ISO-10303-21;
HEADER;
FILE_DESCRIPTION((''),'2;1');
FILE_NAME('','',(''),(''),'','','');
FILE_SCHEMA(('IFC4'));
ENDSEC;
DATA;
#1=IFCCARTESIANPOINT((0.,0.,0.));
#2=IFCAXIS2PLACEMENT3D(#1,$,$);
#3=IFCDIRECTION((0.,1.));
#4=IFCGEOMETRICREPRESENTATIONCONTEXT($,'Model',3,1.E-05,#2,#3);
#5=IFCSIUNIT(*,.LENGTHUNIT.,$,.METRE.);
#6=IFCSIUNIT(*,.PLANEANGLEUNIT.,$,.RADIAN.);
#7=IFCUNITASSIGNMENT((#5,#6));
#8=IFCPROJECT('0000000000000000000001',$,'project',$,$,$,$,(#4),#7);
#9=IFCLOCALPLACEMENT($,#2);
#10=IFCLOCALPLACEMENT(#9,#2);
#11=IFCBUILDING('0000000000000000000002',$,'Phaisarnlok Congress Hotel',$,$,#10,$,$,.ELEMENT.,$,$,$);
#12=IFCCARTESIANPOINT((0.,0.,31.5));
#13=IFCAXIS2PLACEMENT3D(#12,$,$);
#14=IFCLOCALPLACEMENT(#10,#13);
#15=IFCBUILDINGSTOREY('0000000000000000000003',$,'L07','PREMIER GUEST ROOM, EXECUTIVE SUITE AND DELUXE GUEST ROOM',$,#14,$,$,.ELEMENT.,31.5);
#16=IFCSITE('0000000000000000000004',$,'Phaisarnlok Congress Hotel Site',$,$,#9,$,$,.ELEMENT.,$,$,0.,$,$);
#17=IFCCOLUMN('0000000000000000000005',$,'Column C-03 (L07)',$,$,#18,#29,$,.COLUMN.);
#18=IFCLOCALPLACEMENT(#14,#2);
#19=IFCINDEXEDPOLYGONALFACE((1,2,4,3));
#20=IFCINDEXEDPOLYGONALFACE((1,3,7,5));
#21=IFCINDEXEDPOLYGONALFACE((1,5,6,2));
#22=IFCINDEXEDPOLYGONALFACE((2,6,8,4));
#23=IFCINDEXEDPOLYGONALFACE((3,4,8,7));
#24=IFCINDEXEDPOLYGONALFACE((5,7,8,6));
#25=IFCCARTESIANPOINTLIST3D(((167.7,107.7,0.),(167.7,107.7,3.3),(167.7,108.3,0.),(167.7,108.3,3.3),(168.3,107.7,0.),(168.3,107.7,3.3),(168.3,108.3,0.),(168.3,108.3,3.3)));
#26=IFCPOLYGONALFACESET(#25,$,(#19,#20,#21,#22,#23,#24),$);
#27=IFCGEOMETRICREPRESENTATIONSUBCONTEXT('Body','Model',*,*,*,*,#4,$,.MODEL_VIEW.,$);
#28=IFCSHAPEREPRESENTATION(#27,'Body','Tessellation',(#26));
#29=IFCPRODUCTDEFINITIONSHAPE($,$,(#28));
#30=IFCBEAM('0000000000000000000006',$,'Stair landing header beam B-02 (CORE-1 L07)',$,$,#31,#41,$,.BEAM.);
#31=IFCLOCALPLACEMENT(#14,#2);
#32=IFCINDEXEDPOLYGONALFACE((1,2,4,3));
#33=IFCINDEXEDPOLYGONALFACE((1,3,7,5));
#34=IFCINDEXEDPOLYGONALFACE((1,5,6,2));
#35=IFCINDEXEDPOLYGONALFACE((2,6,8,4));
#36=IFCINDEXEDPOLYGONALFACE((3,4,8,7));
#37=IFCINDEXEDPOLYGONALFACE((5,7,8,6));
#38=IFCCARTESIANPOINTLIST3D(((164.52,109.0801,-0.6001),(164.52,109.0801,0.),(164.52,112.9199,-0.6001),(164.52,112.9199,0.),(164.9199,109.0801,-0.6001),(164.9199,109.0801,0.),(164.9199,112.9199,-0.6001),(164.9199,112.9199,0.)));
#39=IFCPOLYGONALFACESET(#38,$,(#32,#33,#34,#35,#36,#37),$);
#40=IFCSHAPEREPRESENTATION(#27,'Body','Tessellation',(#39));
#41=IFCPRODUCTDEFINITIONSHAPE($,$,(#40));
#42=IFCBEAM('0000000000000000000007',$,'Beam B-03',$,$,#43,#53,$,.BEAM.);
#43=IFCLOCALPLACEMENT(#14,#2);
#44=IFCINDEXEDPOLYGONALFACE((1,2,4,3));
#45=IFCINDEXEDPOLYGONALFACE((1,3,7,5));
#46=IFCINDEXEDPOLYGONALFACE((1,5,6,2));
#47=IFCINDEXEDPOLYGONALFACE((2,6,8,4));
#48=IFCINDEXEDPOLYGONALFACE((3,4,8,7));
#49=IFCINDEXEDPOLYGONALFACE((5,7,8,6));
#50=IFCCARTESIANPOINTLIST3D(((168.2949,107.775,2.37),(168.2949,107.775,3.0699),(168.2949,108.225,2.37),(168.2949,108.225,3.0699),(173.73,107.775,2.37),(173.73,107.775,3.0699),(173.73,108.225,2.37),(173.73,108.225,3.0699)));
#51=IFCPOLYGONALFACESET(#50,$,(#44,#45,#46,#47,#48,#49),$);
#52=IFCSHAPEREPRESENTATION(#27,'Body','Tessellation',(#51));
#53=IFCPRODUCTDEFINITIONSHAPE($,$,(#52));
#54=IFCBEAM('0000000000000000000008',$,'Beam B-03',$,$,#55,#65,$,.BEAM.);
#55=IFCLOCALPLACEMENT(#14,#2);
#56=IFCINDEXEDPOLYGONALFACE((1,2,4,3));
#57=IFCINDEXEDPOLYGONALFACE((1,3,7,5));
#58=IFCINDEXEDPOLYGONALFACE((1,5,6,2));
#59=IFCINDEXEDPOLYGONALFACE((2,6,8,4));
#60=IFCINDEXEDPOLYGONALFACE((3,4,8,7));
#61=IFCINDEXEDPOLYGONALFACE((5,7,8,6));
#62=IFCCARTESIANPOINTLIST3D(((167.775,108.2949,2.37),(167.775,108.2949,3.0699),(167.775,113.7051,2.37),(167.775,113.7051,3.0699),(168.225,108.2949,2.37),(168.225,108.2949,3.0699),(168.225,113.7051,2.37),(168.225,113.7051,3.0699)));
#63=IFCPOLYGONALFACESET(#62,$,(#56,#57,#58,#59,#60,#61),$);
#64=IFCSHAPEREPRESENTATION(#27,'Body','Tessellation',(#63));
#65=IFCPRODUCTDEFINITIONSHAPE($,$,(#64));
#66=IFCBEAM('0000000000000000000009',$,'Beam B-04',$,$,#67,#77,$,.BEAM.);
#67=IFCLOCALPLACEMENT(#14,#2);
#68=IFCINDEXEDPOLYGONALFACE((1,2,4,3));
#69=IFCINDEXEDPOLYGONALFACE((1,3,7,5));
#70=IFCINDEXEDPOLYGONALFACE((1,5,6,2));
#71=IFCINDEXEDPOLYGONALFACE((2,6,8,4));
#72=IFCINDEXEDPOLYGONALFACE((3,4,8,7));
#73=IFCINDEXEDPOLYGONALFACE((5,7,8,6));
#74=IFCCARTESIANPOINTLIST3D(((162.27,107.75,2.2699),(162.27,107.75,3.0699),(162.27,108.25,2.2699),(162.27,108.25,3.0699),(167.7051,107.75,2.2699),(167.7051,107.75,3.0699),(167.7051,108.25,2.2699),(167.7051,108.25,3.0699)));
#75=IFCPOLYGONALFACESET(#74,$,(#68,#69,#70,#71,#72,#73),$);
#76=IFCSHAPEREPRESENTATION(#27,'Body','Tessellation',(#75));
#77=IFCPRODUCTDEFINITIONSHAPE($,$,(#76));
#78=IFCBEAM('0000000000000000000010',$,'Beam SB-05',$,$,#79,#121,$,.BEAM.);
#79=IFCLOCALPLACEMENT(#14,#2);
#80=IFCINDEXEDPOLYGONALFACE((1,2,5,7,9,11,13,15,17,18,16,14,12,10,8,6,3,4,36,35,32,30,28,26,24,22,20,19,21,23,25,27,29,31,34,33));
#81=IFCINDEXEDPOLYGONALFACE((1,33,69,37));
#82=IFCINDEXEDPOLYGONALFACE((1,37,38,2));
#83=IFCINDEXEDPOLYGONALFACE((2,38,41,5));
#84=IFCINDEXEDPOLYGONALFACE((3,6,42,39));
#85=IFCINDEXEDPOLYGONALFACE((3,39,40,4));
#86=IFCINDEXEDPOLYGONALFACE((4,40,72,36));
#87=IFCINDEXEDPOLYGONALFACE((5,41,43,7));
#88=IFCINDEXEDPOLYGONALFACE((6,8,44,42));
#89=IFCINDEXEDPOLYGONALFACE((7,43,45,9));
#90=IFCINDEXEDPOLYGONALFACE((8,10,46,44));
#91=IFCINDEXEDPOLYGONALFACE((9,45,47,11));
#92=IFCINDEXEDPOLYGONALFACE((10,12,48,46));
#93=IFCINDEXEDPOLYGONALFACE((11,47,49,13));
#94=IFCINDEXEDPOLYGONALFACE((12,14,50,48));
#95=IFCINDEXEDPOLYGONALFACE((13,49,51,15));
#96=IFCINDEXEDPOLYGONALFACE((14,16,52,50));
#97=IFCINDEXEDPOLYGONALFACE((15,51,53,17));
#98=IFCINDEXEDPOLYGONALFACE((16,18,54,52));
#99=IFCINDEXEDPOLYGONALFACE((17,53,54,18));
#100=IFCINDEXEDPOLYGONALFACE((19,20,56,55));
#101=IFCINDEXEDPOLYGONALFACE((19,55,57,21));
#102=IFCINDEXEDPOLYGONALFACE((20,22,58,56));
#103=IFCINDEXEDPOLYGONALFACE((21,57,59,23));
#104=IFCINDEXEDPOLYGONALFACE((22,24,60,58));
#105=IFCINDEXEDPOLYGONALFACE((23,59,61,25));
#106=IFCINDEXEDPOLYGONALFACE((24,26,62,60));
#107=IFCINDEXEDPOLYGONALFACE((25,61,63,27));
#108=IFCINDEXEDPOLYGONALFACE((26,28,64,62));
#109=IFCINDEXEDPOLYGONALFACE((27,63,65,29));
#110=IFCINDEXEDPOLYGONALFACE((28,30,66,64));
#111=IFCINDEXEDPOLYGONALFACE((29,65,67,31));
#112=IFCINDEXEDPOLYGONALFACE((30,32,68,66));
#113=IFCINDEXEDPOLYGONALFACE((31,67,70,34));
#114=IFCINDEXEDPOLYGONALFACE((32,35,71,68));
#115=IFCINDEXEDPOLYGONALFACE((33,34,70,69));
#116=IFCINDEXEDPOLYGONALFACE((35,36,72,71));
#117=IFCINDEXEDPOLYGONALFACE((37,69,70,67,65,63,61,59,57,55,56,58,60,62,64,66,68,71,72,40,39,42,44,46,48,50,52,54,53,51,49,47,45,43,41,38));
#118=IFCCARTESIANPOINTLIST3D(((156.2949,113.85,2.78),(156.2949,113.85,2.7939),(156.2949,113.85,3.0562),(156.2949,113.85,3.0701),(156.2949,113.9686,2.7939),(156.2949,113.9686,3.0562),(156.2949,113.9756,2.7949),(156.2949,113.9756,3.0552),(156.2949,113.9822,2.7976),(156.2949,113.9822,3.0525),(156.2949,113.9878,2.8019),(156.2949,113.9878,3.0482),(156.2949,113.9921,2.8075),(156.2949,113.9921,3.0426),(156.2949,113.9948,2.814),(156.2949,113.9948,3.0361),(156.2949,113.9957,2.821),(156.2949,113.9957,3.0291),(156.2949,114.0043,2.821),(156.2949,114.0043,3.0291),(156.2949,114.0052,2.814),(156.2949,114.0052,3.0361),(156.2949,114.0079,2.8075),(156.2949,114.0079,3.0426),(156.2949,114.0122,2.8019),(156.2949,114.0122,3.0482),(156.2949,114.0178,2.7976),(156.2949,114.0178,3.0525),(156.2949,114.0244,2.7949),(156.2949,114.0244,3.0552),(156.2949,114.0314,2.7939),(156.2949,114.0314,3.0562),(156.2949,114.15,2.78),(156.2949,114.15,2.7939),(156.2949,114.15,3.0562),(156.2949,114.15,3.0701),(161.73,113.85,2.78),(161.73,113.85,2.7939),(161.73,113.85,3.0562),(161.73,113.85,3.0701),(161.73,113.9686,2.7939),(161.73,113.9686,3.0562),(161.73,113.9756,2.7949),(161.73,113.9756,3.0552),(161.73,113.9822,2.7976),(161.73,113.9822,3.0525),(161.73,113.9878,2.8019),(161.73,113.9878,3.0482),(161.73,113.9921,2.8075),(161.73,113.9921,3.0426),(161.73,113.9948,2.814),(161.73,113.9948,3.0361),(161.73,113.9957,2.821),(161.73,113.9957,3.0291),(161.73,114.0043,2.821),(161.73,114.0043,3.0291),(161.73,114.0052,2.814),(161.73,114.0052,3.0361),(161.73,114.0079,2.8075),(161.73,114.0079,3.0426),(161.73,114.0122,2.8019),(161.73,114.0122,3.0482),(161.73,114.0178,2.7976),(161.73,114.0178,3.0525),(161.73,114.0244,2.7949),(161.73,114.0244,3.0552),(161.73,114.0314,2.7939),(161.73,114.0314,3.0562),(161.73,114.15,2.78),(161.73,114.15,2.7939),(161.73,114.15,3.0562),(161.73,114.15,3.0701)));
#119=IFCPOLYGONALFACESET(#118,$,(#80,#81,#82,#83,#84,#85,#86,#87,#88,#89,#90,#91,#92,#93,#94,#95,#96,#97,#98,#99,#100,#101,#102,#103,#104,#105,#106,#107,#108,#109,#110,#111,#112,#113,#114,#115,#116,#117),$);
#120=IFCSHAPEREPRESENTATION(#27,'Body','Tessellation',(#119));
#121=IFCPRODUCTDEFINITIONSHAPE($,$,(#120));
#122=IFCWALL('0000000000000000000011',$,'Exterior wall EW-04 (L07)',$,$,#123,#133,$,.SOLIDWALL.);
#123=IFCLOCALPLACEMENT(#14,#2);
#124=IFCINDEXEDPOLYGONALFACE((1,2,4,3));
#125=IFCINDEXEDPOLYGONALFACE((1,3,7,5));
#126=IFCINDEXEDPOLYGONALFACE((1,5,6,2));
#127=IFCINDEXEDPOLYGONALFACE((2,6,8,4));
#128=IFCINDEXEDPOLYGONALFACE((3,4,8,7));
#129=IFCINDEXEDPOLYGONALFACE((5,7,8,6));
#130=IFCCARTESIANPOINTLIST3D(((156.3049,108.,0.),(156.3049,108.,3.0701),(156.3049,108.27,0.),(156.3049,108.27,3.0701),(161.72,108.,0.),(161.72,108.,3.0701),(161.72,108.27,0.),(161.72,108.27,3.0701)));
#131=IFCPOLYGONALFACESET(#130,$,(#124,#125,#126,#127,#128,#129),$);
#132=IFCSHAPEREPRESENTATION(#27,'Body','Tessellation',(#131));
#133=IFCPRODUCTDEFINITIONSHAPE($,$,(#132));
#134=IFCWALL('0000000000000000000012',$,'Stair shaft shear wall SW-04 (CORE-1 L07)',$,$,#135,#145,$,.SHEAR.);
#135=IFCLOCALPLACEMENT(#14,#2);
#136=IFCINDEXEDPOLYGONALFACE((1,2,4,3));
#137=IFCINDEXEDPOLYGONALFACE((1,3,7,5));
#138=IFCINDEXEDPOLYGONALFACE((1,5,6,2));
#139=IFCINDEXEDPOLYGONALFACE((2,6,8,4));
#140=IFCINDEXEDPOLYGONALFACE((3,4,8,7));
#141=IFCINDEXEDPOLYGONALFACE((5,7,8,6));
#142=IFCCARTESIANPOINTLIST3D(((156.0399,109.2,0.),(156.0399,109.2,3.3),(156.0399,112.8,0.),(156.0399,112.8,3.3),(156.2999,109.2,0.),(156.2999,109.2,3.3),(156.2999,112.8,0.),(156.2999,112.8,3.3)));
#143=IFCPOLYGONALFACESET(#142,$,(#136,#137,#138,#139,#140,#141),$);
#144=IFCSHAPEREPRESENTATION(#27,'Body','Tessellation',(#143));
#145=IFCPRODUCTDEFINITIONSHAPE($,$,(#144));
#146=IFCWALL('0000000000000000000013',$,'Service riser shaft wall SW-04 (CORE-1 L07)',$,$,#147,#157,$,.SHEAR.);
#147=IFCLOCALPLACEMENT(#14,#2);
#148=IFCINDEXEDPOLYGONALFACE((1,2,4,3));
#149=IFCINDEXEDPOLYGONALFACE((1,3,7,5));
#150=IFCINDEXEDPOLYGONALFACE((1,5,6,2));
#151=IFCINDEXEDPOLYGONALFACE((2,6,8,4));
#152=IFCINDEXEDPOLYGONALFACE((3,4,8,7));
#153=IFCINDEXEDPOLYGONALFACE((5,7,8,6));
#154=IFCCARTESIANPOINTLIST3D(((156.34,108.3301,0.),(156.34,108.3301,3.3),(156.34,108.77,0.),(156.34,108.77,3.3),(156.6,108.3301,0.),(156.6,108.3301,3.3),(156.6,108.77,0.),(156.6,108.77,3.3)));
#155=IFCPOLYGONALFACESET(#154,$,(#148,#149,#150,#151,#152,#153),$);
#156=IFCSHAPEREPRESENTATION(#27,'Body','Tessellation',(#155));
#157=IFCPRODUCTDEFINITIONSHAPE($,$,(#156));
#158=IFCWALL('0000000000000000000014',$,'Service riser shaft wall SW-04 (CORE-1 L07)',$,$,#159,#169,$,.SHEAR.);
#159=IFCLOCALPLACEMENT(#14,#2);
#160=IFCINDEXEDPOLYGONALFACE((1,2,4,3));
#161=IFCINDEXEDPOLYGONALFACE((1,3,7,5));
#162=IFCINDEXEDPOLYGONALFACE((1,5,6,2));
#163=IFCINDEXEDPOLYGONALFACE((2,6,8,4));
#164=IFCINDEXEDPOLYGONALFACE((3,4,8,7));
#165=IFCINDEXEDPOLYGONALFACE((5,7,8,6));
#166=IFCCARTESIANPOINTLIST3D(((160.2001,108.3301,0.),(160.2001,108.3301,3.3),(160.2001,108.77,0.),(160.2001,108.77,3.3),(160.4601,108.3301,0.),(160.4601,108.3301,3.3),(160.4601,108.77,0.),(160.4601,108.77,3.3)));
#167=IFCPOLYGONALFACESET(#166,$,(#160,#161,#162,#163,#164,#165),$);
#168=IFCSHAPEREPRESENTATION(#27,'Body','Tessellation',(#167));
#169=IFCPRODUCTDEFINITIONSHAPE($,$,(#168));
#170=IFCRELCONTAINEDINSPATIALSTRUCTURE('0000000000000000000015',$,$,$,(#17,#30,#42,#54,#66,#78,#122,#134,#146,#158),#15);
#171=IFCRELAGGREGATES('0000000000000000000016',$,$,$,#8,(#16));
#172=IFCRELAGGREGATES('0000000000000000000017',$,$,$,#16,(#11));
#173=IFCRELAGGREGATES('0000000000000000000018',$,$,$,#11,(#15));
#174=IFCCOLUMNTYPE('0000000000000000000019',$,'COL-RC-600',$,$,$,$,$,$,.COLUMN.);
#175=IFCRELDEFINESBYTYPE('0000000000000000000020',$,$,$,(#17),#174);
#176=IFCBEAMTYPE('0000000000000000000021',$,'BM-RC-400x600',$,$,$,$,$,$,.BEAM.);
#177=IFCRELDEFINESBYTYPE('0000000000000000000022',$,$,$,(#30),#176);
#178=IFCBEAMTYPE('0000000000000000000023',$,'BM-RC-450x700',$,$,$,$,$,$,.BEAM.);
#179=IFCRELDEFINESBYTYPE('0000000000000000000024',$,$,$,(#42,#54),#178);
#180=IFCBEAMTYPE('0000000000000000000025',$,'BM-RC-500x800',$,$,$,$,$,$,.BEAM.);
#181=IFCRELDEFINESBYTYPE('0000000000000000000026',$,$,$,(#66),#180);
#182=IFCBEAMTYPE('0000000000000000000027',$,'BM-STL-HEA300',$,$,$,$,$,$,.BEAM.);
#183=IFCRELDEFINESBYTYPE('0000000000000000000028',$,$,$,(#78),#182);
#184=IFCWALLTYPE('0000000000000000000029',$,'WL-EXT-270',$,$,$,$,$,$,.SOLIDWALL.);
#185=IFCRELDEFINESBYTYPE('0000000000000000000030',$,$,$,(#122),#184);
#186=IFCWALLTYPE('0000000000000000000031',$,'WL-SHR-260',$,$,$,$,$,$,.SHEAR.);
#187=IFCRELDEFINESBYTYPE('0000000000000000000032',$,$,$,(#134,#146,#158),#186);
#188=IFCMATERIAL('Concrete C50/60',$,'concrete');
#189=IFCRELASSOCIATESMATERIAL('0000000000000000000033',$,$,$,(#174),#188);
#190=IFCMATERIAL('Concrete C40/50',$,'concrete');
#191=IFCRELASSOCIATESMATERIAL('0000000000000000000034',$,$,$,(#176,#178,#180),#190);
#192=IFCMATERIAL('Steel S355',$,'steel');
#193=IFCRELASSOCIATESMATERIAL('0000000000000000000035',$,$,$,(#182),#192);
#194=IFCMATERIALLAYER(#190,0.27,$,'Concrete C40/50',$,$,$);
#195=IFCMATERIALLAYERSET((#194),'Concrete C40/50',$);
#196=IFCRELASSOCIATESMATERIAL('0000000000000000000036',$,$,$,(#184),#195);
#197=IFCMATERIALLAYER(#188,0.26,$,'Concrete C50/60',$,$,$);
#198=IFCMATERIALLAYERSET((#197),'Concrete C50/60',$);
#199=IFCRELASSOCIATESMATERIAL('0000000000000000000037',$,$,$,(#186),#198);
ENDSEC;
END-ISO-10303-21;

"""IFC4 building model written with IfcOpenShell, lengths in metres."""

from ifc_helpers import new_model, si_unit, direction, frame, frame_2d, origin, origin_2d, place, context, subcontext, project, spatial, rectangle, i_section, extrude, material, layer, layer_set, material_profile, profile_set, type_object, element, save


model = new_model("IFC4")

# Units and contexts
model_context = context("Model", 3, precision=1e-05, world=origin(), true_north=direction((0.0, 1.0)))
body_context = subcontext(model_context, "Body", "Model", "MODEL_VIEW")
ifc_project = project(units=[si_unit("LENGTHUNIT", "METRE"), si_unit("PLANEANGLEUNIT", "RADIAN")], contexts=[model_context])

# Site, building, storey
site_placement = place(None, origin())
site = spatial("IfcSite", under=ifc_project, at=site_placement, Name="Phaisarnlok Congress Hotel Site", CompositionType="ELEMENT", RefElevation=0.0)
building_placement = place(site_placement, origin())
building = spatial("IfcBuilding", under=site, at=building_placement, Name="Phaisarnlok Congress Hotel", CompositionType="ELEMENT")
storey_placement = place(building_placement, frame((0.0, 0.0, 31.5)))
storey = spatial("IfcBuildingStorey", under=building, at=storey_placement, Name="L07", Description="PREMIER GUEST ROOM, EXECUTIVE SUITE AND DELUXE GUEST ROOM", CompositionType="ELEMENT", Elevation=31.5)

# Column
ifc_material_1 = material(Name="Concrete C50/60", Category="concrete")
ifc_material_profile_1 = material_profile(ifc_material_1, rectangle(XDim=0.6001, YDim=0.6001, at=origin_2d()), Name="RC 600x600")
ifc_profile_set_1 = profile_set([ifc_material_profile_1], Name="Concrete C50/60")
column_type = type_object("IfcColumnType", Name="COL-RC-600", PredefinedType="COLUMN", material=ifc_profile_set_1)
column_placement = place(storey_placement, frame((168.0, 108.0, 0.0), z_axis=(0.0, 0.0, 1.0), x_axis=(1.0, 0.0, 0.0)))
element("IfcColumn", 1, at=column_placement, inside=storey, type_object=column_type, Name="Column C-03 (L07)", PredefinedType="COLUMN", context=body_context, shape_type="SweptSolid", body=[
    extrude(rectangle(XDim=0.6001, YDim=0.6001, at=origin_2d()), origin(), (0.0, 0.0, 1.0), 3.3),
])

# Beams
ifc_material_2 = material(Name="Concrete C40/50", Category="concrete")
ifc_material_profile_2 = material_profile(ifc_material_2, rectangle(XDim=0.3999, YDim=0.6001, at=origin_2d()), Name="RC 400x600")
ifc_profile_set_2 = profile_set([ifc_material_profile_2], Name="Concrete C40/50")
beam_type_1 = type_object("IfcBeamType", Name="BM-RC-400x600", PredefinedType="BEAM", material=ifc_profile_set_2)
beam_1_placement = place(storey_placement, frame((164.72, 109.0801, -0.3), z_axis=(0.0, 1.0, 0.0), x_axis=(-1.0, 0.0, 0.0)))
element("IfcBeam", 2, at=beam_1_placement, inside=storey, type_object=beam_type_1, Name="Stair landing header beam B-02 (CORE-1 L07)", PredefinedType="BEAM", context=body_context, shape_type="SweptSolid", body=[
    extrude(rectangle(XDim=0.3999, YDim=0.6001, at=origin_2d()), origin(), (0.0, 0.0, 1.0), 3.8398),
])
ifc_material_profile_3 = material_profile(ifc_material_2, rectangle(XDim=0.45, YDim=0.7, at=origin_2d()), Name="RC 450x700")
ifc_profile_set_3 = profile_set([ifc_material_profile_3], Name="Concrete C40/50")
beam_type_2 = type_object("IfcBeamType", Name="BM-RC-450x700", PredefinedType="BEAM", material=ifc_profile_set_3)
beam_2_placement = place(storey_placement, frame((168.2949, 108.0, 2.72), z_axis=(1.0, 0.0, 0.0), x_axis=(0.0, 1.0, 0.0)))
element("IfcBeam", 3, at=beam_2_placement, inside=storey, type_object=beam_type_2, Name="Beam B-03", PredefinedType="BEAM", context=body_context, shape_type="SweptSolid", body=[
    extrude(rectangle(XDim=0.45, YDim=0.7, at=origin_2d()), origin(), (0.0, 0.0, 1.0), 5.4351),
])
beam_3_placement = place(storey_placement, frame((168.0, 108.2949, 2.72), z_axis=(0.0, 1.0, 0.0), x_axis=(-1.0, 0.0, 0.0)))
element("IfcBeam", 4, at=beam_3_placement, inside=storey, type_object=beam_type_2, Name="Beam B-03", PredefinedType="BEAM", context=body_context, shape_type="SweptSolid", body=[
    extrude(rectangle(XDim=0.45, YDim=0.7, at=origin_2d()), origin(), (0.0, 0.0, 1.0), 5.4102),
])
ifc_material_profile_4 = material_profile(ifc_material_2, rectangle(XDim=0.5, YDim=0.8, at=origin_2d()), Name="RC 500x800")
ifc_profile_set_4 = profile_set([ifc_material_profile_4], Name="Concrete C40/50")
beam_type_3 = type_object("IfcBeamType", Name="BM-RC-500x800", PredefinedType="BEAM", material=ifc_profile_set_4)
beam_4_placement = place(storey_placement, frame((162.27, 108.0, 2.6699), z_axis=(1.0, 0.0, 0.0), x_axis=(0.0, 1.0, 0.0)))
element("IfcBeam", 5, at=beam_4_placement, inside=storey, type_object=beam_type_3, Name="Beam B-04", PredefinedType="BEAM", context=body_context, shape_type="SweptSolid", body=[
    extrude(rectangle(XDim=0.5, YDim=0.8, at=origin_2d()), origin(), (0.0, 0.0, 1.0), 5.4351),
])
ifc_material_3 = material(Name="Steel S355", Category="steel")
ifc_material_profile_5 = material_profile(ifc_material_3, i_section(OverallWidth=0.3, OverallDepth=0.29, WebThickness=0.0085, FlangeThickness=0.0139, FilletRadius=0.0271, at=origin_2d()), Name="HEA 300")
ifc_profile_set_5 = profile_set([ifc_material_profile_5], Name="Steel S355")
beam_type_4 = type_object("IfcBeamType", Name="BM-STL-HEA300", PredefinedType="BEAM", material=ifc_profile_set_5)
beam_5_placement = place(storey_placement, frame((156.2949, 114.0, 2.925), z_axis=(1.0, 0.0, 0.0), x_axis=(0.0, 1.0, 0.0)))
element("IfcBeam", 6, at=beam_5_placement, inside=storey, type_object=beam_type_4, Name="Beam SB-05", PredefinedType="BEAM", context=body_context, shape_type="SweptSolid", body=[
    extrude(i_section(OverallWidth=0.3, OverallDepth=0.29, WebThickness=0.0085, FlangeThickness=0.0139, FilletRadius=0.0271, at=origin_2d()), origin(), (0.0, 0.0, 1.0), 5.4351),
])

# Walls
ifc_layer_1 = layer(ifc_material_2, 0.27, Name="Concrete C40/50")
ifc_layer_set_1 = layer_set([ifc_layer_1], Name="Concrete C40/50")
wall_type_1 = type_object("IfcWallType", Name="WL-EXT-270", PredefinedType="SOLIDWALL", material=ifc_layer_set_1)
wall_1_placement = place(storey_placement, frame((156.3049, 108.135, 0.0), z_axis=(0.0, 0.0, 1.0), x_axis=(1.0, 0.0, 0.0)))
element("IfcWall", 7, at=wall_1_placement, inside=storey, type_object=wall_type_1, Name="Exterior wall EW-04 (L07)", PredefinedType="SOLIDWALL", context=body_context, shape_type="SweptSolid", body=[
    extrude(rectangle(XDim=5.415, YDim=0.27, at=frame_2d((2.7075, 0.0))), origin(), (0.0, 0.0, 1.0), 3.0701),
])
ifc_layer_2 = layer(ifc_material_1, 0.26, Name="Concrete C50/60")
ifc_layer_set_2 = layer_set([ifc_layer_2], Name="Concrete C50/60")
wall_type_2 = type_object("IfcWallType", Name="WL-SHR-260", PredefinedType="SHEAR", material=ifc_layer_set_2)
wall_2_placement = place(storey_placement, frame((156.1699, 109.2, 0.0), z_axis=(0.0, 0.0, 1.0), x_axis=(0.0, 1.0, 0.0)))
element("IfcWall", 8, at=wall_2_placement, inside=storey, type_object=wall_type_2, Name="Stair shaft shear wall SW-04 (CORE-1 L07)", PredefinedType="SHEAR", context=body_context, shape_type="SweptSolid", body=[
    extrude(rectangle(XDim=3.6001, YDim=0.26, at=frame_2d((1.8, 0.0))), origin(), (0.0, 0.0, 1.0), 3.3),
])

# Walls
for number, where, z_axis, x_axis, name in (
    (9, (156.47, 108.3301, 0.0), (0.0, 0.0, 1.0), (0.0, 1.0, 0.0), "Service riser shaft wall SW-04 (CORE-1 L07)"),
    (10, (160.3301, 108.3301, 0.0), (0.0, 0.0, 1.0), (0.0, 1.0, 0.0), "Service riser shaft wall SW-04 (CORE-1 L07)"),
):
    element("IfcWall", number, at=place(storey_placement, frame(where, z_axis=z_axis, x_axis=x_axis)), inside=storey, type_object=wall_type_2, Name=name, PredefinedType="SHEAR", context=body_context, shape_type="SweptSolid", body=[
        extrude(rectangle(XDim=0.4399, YDim=0.26, at=frame_2d((0.22, 0.0))), origin(), (0.0, 0.0, 1.0), 3.3),
    ])

save(model, "model.ifc")
